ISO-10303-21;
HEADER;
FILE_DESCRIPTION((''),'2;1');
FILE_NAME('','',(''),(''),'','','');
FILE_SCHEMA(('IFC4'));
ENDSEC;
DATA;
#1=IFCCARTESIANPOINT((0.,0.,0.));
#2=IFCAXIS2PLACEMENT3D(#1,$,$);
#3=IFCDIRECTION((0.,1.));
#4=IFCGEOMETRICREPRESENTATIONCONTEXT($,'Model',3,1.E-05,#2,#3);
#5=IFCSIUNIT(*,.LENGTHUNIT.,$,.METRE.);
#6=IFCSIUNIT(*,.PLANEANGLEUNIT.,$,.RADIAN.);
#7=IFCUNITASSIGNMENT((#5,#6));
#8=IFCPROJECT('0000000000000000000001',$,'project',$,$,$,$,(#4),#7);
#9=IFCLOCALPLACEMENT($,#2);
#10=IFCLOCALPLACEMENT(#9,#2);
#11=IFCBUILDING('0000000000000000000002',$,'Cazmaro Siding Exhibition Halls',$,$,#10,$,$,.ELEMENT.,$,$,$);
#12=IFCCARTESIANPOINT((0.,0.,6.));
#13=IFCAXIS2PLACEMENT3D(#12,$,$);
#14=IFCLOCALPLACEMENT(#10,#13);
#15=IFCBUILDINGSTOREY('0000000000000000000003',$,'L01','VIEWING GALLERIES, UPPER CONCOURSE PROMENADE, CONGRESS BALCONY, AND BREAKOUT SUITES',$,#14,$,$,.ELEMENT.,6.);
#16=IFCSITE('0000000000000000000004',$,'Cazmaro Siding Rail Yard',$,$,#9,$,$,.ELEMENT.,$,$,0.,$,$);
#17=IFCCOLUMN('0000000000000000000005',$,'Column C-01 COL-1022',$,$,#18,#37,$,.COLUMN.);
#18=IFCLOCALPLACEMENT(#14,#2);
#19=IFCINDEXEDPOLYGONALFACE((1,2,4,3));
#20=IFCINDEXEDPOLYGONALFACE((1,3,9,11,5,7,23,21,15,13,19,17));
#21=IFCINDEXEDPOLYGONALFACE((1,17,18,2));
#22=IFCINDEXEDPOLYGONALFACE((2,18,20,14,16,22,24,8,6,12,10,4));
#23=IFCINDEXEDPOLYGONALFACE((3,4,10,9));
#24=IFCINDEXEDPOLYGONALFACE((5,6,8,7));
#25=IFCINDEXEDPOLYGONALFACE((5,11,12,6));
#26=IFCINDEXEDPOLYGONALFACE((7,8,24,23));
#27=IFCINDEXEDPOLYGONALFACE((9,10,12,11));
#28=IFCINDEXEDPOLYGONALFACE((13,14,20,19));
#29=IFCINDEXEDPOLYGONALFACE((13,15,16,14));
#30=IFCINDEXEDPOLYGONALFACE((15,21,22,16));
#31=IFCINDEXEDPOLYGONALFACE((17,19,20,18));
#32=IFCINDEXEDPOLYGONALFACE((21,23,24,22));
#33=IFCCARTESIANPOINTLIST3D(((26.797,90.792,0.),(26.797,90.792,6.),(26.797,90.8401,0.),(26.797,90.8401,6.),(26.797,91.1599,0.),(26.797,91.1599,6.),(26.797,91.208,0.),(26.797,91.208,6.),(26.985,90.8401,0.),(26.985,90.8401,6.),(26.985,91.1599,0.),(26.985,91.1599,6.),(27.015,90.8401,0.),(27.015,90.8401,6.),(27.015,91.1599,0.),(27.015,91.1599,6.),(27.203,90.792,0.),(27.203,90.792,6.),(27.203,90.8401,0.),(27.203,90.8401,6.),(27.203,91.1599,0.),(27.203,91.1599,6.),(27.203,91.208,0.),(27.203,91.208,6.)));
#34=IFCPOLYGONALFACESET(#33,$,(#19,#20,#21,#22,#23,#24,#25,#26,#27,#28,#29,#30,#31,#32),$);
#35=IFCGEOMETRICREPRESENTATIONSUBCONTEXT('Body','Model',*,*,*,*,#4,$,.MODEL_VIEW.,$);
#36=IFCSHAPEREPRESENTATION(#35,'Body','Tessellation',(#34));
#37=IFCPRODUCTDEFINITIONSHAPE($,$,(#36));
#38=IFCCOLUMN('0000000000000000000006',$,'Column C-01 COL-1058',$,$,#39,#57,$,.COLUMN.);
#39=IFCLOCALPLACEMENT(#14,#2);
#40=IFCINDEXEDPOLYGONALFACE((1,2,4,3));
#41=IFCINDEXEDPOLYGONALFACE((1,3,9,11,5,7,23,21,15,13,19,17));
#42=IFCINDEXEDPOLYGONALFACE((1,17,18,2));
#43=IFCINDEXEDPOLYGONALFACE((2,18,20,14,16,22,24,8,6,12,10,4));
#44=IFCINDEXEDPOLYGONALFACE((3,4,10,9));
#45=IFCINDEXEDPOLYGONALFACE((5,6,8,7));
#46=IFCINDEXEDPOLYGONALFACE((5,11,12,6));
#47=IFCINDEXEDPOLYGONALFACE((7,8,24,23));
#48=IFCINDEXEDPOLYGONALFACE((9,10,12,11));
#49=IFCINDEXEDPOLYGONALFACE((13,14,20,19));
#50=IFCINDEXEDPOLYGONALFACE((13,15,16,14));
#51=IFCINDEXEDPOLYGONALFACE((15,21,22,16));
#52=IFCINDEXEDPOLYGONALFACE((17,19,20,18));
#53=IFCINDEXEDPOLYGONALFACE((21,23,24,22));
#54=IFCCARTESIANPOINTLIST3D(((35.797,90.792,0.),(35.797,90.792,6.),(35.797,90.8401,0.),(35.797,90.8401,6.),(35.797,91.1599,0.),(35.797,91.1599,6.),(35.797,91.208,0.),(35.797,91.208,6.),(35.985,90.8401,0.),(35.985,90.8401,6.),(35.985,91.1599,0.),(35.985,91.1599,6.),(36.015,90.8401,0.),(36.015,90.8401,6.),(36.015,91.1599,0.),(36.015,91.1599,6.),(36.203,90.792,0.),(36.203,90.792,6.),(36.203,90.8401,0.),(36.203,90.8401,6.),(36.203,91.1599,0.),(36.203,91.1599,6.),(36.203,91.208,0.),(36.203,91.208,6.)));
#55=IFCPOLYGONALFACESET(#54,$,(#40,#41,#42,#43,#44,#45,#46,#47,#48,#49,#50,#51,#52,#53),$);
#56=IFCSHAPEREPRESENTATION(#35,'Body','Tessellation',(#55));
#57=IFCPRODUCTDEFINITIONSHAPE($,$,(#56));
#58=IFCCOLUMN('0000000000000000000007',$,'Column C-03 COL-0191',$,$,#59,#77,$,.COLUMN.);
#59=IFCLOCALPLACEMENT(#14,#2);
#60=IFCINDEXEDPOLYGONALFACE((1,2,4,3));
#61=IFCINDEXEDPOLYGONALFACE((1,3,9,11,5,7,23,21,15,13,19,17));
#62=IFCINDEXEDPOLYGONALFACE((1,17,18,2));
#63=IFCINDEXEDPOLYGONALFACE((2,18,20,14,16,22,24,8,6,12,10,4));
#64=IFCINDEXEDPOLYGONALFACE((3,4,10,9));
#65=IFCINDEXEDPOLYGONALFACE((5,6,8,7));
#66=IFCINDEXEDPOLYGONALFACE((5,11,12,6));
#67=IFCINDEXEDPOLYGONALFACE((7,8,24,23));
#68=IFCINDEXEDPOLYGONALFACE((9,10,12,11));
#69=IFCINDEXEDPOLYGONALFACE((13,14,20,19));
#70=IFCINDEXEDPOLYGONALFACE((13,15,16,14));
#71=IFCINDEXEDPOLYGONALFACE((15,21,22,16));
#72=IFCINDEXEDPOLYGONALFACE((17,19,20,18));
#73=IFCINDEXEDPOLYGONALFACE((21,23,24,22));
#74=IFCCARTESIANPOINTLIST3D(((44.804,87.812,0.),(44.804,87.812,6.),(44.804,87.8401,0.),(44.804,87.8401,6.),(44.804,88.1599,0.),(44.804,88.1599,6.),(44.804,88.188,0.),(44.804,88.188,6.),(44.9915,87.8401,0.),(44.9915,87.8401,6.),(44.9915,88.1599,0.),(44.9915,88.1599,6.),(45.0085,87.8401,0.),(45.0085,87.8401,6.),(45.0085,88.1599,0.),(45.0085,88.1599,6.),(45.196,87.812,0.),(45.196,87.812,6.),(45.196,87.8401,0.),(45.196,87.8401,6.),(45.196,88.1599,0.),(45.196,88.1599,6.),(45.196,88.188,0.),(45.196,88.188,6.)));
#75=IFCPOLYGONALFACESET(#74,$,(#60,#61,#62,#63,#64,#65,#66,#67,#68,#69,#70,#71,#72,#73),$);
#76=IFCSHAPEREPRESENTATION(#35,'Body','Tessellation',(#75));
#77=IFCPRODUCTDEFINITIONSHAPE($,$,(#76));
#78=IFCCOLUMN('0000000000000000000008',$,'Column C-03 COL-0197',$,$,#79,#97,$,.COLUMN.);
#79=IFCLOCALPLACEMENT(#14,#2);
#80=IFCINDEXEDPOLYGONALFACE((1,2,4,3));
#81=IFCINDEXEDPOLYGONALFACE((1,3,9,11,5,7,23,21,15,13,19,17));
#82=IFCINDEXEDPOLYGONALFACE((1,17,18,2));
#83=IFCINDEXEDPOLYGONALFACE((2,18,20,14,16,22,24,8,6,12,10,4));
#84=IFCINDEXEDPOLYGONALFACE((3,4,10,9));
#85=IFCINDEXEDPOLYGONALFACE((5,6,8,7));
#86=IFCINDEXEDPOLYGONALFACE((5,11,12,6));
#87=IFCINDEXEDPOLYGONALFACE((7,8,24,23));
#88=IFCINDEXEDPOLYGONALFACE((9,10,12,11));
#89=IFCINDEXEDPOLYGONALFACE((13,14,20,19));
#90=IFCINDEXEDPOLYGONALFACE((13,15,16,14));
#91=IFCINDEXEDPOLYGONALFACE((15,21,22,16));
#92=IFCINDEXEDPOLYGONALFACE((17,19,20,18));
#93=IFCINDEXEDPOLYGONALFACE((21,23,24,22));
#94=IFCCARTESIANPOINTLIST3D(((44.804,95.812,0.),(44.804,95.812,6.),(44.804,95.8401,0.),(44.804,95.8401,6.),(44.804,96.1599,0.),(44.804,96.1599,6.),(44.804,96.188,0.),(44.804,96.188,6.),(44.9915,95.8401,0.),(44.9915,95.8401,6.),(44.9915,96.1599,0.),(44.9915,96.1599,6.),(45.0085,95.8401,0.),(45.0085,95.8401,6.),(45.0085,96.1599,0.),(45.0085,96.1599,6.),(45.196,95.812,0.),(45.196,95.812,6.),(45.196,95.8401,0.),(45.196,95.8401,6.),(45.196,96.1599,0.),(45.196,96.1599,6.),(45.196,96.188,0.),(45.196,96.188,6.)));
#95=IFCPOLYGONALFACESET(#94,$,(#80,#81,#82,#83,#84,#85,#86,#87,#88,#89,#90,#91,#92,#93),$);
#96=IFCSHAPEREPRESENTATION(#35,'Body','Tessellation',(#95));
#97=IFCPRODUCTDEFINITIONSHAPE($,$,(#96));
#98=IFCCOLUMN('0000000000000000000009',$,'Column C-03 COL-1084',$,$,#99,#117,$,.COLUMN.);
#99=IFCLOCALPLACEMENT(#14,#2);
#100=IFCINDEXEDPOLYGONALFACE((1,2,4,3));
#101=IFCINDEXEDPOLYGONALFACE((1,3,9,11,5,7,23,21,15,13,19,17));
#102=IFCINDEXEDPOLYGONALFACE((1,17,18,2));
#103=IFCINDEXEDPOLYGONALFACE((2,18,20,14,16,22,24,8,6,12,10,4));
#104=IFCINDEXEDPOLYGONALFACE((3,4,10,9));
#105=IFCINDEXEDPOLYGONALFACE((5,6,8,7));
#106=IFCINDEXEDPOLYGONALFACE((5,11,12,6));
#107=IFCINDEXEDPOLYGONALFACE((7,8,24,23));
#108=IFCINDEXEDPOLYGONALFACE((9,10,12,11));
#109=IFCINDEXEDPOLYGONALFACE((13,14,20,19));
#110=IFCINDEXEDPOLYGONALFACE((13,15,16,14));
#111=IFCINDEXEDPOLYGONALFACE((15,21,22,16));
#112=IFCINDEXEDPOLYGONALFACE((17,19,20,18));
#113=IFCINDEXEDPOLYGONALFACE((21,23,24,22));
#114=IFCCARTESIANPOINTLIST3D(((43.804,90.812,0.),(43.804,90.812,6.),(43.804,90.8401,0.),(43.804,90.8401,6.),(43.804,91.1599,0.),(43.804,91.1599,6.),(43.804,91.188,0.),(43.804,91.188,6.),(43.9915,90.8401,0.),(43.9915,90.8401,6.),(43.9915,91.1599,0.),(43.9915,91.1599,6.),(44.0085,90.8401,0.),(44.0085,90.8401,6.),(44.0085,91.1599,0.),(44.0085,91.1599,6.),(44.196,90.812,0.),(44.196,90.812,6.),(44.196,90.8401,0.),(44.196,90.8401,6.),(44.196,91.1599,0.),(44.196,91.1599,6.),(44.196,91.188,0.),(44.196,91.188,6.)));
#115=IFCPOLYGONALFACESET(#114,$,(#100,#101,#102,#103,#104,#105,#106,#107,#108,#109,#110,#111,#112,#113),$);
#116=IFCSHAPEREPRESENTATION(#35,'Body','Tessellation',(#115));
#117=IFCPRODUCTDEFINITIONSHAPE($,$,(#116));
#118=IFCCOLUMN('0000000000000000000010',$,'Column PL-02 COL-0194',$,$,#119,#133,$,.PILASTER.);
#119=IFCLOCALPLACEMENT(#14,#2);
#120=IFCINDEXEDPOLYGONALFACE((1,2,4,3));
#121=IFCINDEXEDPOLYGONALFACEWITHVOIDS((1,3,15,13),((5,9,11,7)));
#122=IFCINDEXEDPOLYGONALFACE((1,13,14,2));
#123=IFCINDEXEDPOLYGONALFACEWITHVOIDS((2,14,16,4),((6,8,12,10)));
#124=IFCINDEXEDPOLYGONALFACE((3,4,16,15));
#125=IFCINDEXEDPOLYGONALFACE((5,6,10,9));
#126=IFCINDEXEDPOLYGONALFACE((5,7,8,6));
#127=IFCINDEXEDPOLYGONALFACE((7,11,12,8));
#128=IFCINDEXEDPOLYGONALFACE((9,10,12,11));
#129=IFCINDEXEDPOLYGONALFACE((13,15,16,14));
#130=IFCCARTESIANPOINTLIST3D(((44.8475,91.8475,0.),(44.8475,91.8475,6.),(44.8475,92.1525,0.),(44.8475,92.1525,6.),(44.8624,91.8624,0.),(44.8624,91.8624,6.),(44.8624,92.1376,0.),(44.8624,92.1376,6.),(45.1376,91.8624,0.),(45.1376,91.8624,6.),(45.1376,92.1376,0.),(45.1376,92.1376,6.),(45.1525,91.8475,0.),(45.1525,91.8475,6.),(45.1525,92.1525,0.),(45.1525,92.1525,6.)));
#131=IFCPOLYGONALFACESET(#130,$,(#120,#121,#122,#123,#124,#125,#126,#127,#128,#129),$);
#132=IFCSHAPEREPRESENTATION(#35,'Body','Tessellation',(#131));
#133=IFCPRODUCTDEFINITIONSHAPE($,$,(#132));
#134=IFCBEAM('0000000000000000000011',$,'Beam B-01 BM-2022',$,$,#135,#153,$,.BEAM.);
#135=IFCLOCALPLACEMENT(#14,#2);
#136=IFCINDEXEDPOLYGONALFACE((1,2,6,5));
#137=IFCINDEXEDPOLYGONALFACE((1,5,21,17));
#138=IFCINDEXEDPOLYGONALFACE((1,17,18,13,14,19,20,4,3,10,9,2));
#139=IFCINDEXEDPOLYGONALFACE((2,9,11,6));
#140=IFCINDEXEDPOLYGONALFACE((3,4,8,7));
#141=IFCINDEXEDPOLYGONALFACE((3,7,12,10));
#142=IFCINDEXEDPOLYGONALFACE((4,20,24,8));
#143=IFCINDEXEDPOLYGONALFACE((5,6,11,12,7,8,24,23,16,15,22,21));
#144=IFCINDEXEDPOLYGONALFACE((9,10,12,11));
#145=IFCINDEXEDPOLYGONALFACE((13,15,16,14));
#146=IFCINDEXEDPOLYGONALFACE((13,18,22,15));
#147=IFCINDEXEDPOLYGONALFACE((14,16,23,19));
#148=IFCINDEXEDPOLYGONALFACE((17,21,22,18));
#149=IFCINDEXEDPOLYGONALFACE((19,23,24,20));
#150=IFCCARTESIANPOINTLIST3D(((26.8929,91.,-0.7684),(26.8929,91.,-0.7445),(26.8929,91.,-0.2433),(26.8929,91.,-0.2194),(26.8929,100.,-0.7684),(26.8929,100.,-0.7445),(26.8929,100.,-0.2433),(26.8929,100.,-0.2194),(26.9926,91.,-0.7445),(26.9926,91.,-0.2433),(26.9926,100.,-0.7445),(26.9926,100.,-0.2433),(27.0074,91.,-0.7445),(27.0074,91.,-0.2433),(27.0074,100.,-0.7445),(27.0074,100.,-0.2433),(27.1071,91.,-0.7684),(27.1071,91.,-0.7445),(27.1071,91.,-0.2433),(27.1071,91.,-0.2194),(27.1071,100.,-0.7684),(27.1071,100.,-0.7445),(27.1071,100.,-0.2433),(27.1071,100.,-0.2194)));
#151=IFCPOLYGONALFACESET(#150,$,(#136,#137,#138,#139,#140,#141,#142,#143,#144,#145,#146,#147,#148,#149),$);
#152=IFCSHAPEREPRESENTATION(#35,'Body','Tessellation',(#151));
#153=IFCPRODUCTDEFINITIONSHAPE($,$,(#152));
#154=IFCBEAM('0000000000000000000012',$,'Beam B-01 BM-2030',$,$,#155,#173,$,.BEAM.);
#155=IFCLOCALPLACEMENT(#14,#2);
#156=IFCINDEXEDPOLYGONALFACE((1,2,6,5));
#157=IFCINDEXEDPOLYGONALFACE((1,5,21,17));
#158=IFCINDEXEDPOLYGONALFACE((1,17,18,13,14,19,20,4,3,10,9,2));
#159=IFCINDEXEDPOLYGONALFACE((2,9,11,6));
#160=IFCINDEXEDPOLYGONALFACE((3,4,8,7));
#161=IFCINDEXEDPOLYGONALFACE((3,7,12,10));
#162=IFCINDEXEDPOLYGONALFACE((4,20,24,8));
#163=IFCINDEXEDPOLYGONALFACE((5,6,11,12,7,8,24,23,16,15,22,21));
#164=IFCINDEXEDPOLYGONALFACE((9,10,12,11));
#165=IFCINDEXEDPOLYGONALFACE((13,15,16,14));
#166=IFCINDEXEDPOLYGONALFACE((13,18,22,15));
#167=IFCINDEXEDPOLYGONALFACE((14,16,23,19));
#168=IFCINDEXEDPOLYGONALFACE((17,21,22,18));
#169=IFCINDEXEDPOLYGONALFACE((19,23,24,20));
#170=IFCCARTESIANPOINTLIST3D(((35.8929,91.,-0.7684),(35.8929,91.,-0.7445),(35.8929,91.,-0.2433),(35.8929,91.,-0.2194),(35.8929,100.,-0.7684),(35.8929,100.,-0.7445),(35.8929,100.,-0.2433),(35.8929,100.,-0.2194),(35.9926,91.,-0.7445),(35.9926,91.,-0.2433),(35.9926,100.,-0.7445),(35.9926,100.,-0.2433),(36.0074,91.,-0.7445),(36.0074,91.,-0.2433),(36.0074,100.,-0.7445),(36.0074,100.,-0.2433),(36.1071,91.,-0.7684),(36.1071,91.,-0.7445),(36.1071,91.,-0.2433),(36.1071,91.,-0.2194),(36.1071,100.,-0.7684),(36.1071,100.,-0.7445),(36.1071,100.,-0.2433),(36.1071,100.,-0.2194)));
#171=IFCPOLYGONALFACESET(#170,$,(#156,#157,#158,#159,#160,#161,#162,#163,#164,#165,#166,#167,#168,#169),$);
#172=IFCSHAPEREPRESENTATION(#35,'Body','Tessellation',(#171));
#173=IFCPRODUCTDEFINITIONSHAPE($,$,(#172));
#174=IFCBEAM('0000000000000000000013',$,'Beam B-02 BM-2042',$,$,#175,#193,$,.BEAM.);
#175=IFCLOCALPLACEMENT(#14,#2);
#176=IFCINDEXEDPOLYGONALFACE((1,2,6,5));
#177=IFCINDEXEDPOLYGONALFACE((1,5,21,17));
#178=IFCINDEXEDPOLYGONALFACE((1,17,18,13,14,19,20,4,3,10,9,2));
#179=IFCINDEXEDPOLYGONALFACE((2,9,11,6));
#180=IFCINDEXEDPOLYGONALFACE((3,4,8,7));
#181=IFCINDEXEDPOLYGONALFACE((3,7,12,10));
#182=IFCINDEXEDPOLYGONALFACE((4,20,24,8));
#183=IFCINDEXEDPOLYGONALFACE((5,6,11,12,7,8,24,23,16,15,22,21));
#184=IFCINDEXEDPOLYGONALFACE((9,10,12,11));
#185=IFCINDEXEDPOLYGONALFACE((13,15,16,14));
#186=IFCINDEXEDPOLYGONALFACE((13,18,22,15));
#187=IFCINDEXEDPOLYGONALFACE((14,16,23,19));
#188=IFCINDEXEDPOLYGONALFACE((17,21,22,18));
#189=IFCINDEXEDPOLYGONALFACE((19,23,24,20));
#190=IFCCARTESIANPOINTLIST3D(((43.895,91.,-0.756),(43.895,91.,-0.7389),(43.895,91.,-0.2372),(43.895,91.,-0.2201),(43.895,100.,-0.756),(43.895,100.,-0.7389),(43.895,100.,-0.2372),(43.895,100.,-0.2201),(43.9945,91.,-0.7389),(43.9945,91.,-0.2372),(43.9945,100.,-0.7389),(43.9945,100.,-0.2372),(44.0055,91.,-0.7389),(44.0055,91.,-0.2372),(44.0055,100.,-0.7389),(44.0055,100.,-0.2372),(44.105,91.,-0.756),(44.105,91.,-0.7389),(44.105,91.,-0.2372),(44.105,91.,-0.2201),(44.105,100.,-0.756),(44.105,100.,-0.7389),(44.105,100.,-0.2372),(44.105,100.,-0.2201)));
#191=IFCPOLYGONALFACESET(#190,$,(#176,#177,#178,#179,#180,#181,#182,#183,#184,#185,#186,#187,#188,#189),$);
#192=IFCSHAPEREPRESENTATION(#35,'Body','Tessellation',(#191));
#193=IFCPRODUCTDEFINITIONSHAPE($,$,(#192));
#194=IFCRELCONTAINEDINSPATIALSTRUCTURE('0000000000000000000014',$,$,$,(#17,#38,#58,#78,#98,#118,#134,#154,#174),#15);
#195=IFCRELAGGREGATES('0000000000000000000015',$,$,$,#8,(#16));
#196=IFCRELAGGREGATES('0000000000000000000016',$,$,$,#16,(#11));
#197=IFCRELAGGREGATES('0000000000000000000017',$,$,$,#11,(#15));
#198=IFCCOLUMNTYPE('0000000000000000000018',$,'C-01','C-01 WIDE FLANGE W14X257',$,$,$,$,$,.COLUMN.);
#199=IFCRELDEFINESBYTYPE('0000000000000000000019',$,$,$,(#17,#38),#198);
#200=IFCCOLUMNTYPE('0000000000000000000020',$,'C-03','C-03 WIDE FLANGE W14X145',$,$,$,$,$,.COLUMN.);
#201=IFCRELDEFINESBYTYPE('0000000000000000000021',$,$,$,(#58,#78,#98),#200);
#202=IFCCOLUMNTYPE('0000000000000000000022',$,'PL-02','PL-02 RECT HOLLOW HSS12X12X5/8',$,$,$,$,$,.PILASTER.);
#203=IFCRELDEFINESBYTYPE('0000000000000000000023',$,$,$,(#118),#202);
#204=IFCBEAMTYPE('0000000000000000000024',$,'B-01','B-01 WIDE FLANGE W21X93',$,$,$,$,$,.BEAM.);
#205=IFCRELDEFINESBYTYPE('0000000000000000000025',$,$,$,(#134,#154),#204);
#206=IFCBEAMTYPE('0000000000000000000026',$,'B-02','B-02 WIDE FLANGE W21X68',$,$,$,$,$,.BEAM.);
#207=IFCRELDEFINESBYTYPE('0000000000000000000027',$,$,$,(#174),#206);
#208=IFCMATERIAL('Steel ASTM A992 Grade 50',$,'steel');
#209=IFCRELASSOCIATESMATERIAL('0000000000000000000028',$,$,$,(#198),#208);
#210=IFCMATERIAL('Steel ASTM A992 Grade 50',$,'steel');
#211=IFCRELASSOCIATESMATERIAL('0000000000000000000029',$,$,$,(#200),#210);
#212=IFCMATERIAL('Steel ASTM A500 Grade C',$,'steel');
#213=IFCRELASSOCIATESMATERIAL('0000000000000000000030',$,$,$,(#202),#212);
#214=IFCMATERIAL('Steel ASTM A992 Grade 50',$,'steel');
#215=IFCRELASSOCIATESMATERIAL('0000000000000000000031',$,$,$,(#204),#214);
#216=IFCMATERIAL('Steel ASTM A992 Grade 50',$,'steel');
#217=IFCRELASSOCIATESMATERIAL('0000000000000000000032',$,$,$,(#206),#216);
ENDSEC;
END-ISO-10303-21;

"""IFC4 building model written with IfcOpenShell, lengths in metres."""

from ifc_helpers import new_model, si_unit, direction, frame, origin, origin_2d, place, context, subcontext, project, spatial, hollow_rectangle, i_section, extrude, material, material_profile, profile_set, type_object, element, save


model = new_model("IFC4")

# Units and contexts
model_context = context("Model", 3, precision=1e-05, world=origin(), true_north=direction((0.0, 1.0)))
body_context = subcontext(model_context, "Body", "Model", "MODEL_VIEW")
ifc_project = project(units=[si_unit("LENGTHUNIT", "METRE"), si_unit("PLANEANGLEUNIT", "RADIAN")], contexts=[model_context])

# Site, building, storey
site_placement = place(None, origin())
site = spatial("IfcSite", under=ifc_project, at=site_placement, Name="Cazmaro Siding Rail Yard", CompositionType="ELEMENT", RefElevation=0.0)
building_placement = place(site_placement, origin())
building = spatial("IfcBuilding", under=site, at=building_placement, Name="Cazmaro Siding Exhibition Halls", CompositionType="ELEMENT")
storey_placement = place(building_placement, frame((0.0, 0.0, 6.0)))
storey = spatial("IfcBuildingStorey", under=building, at=storey_placement, Name="L01", Description="VIEWING GALLERIES, UPPER CONCOURSE PROMENADE, CONGRESS BALCONY, AND BREAKOUT SUITES", CompositionType="ELEMENT", Elevation=6.0)

# Columns
ifc_material_1 = material(Name="Steel ASTM A992 Grade 50", Category="steel")
ifc_material_profile_1 = material_profile(ifc_material_1, i_section(OverallWidth=0.406, OverallDepth=0.416, WebThickness=0.03, FlangeThickness=0.0481, at=origin_2d()), Name="W14X257")
ifc_profile_set_1 = profile_set([ifc_material_profile_1], Name="Steel ASTM A992 Grade 50")
column_type_1 = type_object("IfcColumnType", Name="C-01", Description="C-01 WIDE FLANGE W14X257", PredefinedType="COLUMN", material=ifc_profile_set_1)
for number, where, z_axis, x_axis, name in (
    (1, (27.0, 91.0, 0.0), (0.0, 0.0, 1.0), (1.0, 0.0, 0.0), "Column C-01 COL-1022"),
    (2, (36.0, 91.0, 0.0), (0.0, 0.0, 1.0), (1.0, 0.0, 0.0), "Column C-01 COL-1058"),
):
    element("IfcColumn", number, at=place(storey_placement, frame(where, z_axis=z_axis, x_axis=x_axis)), inside=storey, type_object=column_type_1, Name=name, PredefinedType="COLUMN", context=body_context, shape_type="SweptSolid", body=[
        extrude(i_section(OverallWidth=0.406, OverallDepth=0.416, WebThickness=0.03, FlangeThickness=0.0481, at=origin_2d()), origin(), (0.0, 0.0, 1.0), 6.0),
    ])
ifc_material_2 = material(Name="Steel ASTM A992 Grade 50", Category="steel")
ifc_material_profile_2 = material_profile(ifc_material_2, i_section(OverallWidth=0.3921, OverallDepth=0.376, WebThickness=0.0171, FlangeThickness=0.0281, at=origin_2d()), Name="W14X145")
ifc_profile_set_2 = profile_set([ifc_material_profile_2], Name="Steel ASTM A992 Grade 50")
column_type_2 = type_object("IfcColumnType", Name="C-03", Description="C-03 WIDE FLANGE W14X145", PredefinedType="COLUMN", material=ifc_profile_set_2)
for number, where, z_axis, x_axis, name in (
    (3, (45.0, 88.0, 0.0), (0.0, 0.0, 1.0), (1.0, 0.0, 0.0), "Column C-03 COL-0191"),
    (4, (45.0, 96.0, 0.0), (0.0, 0.0, 1.0), (1.0, 0.0, 0.0), "Column C-03 COL-0197"),
    (5, (44.0, 91.0, 0.0), (0.0, 0.0, 1.0), (1.0, 0.0, 0.0), "Column C-03 COL-1084"),
):
    element("IfcColumn", number, at=place(storey_placement, frame(where, z_axis=z_axis, x_axis=x_axis)), inside=storey, type_object=column_type_2, Name=name, PredefinedType="COLUMN", context=body_context, shape_type="SweptSolid", body=[
        extrude(i_section(OverallWidth=0.3921, OverallDepth=0.376, WebThickness=0.0171, FlangeThickness=0.0281, at=origin_2d()), origin(), (0.0, 0.0, 1.0), 6.0),
    ])
ifc_material_3 = material(Name="Steel ASTM A500 Grade C", Category="steel")
ifc_material_profile_3 = material_profile(ifc_material_3, hollow_rectangle(XDim=0.3049, YDim=0.3049, WallThickness=0.0149, at=origin_2d()), Name="HSS12X12X5/8")
ifc_profile_set_3 = profile_set([ifc_material_profile_3], Name="Steel ASTM A500 Grade C")
column_type_3 = type_object("IfcColumnType", Name="PL-02", Description="PL-02 RECT HOLLOW HSS12X12X5/8", PredefinedType="PILASTER", material=ifc_profile_set_3)
column_placement = place(storey_placement, frame((45.0, 92.0, 0.0), z_axis=(0.0, 0.0, 1.0), x_axis=(1.0, 0.0, 0.0)))
element("IfcColumn", 6, at=column_placement, inside=storey, type_object=column_type_3, Name="Column PL-02 COL-0194", PredefinedType="PILASTER", context=body_context, shape_type="SweptSolid", body=[
    extrude(hollow_rectangle(XDim=0.3049, YDim=0.3049, WallThickness=0.0149, at=origin_2d()), origin(), (0.0, 0.0, 1.0), 6.0),
])

# Beams
ifc_material_4 = material(Name="Steel ASTM A992 Grade 50", Category="steel")
ifc_material_profile_4 = material_profile(ifc_material_4, i_section(OverallWidth=0.2141, OverallDepth=0.5491, WebThickness=0.0149, FlangeThickness=0.0239, at=origin_2d()), Name="W21X93")
ifc_profile_set_4 = profile_set([ifc_material_profile_4], Name="Steel ASTM A992 Grade 50")
beam_type_1 = type_object("IfcBeamType", Name="B-01", Description="B-01 WIDE FLANGE W21X93", PredefinedType="BEAM", material=ifc_profile_set_4)
for number, where, z_axis, x_axis, name in (
    (7, (27.0, 91.0, -0.4939), (0.0, 1.0, 0.0), (-1.0, 0.0, 0.0), "Beam B-01 BM-2022"),
    (8, (36.0, 91.0, -0.4939), (0.0, 1.0, 0.0), (-1.0, 0.0, 0.0), "Beam B-01 BM-2030"),
):
    element("IfcBeam", number, at=place(storey_placement, frame(where, z_axis=z_axis, x_axis=x_axis)), inside=storey, type_object=beam_type_1, Name=name, PredefinedType="BEAM", context=body_context, shape_type="SweptSolid", body=[
        extrude(i_section(OverallWidth=0.2141, OverallDepth=0.5491, WebThickness=0.0149, FlangeThickness=0.0239, at=origin_2d()), origin(), (0.0, 0.0, 1.0), 9.0),
    ])
ifc_material_5 = material(Name="Steel ASTM A992 Grade 50", Category="steel")
ifc_material_profile_5 = material_profile(ifc_material_5, i_section(OverallWidth=0.21, OverallDepth=0.5359, WebThickness=0.011, FlangeThickness=0.0171, at=origin_2d()), Name="W21X68")
ifc_profile_set_5 = profile_set([ifc_material_profile_5], Name="Steel ASTM A992 Grade 50")
beam_type_2 = type_object("IfcBeamType", Name="B-02", Description="B-02 WIDE FLANGE W21X68", PredefinedType="BEAM", material=ifc_profile_set_5)
beam_1_placement = place(storey_placement, frame((44.0, 91.0, -0.488), z_axis=(0.0, 1.0, 0.0), x_axis=(-1.0, 0.0, 0.0)))
element("IfcBeam", 9, at=beam_1_placement, inside=storey, type_object=beam_type_2, Name="Beam B-02 BM-2042", PredefinedType="BEAM", context=body_context, shape_type="SweptSolid", body=[
    extrude(i_section(OverallWidth=0.21, OverallDepth=0.5359, WebThickness=0.011, FlangeThickness=0.0171, at=origin_2d()), origin(), (0.0, 0.0, 1.0), 9.0),
])

save(model, "model.ifc")
